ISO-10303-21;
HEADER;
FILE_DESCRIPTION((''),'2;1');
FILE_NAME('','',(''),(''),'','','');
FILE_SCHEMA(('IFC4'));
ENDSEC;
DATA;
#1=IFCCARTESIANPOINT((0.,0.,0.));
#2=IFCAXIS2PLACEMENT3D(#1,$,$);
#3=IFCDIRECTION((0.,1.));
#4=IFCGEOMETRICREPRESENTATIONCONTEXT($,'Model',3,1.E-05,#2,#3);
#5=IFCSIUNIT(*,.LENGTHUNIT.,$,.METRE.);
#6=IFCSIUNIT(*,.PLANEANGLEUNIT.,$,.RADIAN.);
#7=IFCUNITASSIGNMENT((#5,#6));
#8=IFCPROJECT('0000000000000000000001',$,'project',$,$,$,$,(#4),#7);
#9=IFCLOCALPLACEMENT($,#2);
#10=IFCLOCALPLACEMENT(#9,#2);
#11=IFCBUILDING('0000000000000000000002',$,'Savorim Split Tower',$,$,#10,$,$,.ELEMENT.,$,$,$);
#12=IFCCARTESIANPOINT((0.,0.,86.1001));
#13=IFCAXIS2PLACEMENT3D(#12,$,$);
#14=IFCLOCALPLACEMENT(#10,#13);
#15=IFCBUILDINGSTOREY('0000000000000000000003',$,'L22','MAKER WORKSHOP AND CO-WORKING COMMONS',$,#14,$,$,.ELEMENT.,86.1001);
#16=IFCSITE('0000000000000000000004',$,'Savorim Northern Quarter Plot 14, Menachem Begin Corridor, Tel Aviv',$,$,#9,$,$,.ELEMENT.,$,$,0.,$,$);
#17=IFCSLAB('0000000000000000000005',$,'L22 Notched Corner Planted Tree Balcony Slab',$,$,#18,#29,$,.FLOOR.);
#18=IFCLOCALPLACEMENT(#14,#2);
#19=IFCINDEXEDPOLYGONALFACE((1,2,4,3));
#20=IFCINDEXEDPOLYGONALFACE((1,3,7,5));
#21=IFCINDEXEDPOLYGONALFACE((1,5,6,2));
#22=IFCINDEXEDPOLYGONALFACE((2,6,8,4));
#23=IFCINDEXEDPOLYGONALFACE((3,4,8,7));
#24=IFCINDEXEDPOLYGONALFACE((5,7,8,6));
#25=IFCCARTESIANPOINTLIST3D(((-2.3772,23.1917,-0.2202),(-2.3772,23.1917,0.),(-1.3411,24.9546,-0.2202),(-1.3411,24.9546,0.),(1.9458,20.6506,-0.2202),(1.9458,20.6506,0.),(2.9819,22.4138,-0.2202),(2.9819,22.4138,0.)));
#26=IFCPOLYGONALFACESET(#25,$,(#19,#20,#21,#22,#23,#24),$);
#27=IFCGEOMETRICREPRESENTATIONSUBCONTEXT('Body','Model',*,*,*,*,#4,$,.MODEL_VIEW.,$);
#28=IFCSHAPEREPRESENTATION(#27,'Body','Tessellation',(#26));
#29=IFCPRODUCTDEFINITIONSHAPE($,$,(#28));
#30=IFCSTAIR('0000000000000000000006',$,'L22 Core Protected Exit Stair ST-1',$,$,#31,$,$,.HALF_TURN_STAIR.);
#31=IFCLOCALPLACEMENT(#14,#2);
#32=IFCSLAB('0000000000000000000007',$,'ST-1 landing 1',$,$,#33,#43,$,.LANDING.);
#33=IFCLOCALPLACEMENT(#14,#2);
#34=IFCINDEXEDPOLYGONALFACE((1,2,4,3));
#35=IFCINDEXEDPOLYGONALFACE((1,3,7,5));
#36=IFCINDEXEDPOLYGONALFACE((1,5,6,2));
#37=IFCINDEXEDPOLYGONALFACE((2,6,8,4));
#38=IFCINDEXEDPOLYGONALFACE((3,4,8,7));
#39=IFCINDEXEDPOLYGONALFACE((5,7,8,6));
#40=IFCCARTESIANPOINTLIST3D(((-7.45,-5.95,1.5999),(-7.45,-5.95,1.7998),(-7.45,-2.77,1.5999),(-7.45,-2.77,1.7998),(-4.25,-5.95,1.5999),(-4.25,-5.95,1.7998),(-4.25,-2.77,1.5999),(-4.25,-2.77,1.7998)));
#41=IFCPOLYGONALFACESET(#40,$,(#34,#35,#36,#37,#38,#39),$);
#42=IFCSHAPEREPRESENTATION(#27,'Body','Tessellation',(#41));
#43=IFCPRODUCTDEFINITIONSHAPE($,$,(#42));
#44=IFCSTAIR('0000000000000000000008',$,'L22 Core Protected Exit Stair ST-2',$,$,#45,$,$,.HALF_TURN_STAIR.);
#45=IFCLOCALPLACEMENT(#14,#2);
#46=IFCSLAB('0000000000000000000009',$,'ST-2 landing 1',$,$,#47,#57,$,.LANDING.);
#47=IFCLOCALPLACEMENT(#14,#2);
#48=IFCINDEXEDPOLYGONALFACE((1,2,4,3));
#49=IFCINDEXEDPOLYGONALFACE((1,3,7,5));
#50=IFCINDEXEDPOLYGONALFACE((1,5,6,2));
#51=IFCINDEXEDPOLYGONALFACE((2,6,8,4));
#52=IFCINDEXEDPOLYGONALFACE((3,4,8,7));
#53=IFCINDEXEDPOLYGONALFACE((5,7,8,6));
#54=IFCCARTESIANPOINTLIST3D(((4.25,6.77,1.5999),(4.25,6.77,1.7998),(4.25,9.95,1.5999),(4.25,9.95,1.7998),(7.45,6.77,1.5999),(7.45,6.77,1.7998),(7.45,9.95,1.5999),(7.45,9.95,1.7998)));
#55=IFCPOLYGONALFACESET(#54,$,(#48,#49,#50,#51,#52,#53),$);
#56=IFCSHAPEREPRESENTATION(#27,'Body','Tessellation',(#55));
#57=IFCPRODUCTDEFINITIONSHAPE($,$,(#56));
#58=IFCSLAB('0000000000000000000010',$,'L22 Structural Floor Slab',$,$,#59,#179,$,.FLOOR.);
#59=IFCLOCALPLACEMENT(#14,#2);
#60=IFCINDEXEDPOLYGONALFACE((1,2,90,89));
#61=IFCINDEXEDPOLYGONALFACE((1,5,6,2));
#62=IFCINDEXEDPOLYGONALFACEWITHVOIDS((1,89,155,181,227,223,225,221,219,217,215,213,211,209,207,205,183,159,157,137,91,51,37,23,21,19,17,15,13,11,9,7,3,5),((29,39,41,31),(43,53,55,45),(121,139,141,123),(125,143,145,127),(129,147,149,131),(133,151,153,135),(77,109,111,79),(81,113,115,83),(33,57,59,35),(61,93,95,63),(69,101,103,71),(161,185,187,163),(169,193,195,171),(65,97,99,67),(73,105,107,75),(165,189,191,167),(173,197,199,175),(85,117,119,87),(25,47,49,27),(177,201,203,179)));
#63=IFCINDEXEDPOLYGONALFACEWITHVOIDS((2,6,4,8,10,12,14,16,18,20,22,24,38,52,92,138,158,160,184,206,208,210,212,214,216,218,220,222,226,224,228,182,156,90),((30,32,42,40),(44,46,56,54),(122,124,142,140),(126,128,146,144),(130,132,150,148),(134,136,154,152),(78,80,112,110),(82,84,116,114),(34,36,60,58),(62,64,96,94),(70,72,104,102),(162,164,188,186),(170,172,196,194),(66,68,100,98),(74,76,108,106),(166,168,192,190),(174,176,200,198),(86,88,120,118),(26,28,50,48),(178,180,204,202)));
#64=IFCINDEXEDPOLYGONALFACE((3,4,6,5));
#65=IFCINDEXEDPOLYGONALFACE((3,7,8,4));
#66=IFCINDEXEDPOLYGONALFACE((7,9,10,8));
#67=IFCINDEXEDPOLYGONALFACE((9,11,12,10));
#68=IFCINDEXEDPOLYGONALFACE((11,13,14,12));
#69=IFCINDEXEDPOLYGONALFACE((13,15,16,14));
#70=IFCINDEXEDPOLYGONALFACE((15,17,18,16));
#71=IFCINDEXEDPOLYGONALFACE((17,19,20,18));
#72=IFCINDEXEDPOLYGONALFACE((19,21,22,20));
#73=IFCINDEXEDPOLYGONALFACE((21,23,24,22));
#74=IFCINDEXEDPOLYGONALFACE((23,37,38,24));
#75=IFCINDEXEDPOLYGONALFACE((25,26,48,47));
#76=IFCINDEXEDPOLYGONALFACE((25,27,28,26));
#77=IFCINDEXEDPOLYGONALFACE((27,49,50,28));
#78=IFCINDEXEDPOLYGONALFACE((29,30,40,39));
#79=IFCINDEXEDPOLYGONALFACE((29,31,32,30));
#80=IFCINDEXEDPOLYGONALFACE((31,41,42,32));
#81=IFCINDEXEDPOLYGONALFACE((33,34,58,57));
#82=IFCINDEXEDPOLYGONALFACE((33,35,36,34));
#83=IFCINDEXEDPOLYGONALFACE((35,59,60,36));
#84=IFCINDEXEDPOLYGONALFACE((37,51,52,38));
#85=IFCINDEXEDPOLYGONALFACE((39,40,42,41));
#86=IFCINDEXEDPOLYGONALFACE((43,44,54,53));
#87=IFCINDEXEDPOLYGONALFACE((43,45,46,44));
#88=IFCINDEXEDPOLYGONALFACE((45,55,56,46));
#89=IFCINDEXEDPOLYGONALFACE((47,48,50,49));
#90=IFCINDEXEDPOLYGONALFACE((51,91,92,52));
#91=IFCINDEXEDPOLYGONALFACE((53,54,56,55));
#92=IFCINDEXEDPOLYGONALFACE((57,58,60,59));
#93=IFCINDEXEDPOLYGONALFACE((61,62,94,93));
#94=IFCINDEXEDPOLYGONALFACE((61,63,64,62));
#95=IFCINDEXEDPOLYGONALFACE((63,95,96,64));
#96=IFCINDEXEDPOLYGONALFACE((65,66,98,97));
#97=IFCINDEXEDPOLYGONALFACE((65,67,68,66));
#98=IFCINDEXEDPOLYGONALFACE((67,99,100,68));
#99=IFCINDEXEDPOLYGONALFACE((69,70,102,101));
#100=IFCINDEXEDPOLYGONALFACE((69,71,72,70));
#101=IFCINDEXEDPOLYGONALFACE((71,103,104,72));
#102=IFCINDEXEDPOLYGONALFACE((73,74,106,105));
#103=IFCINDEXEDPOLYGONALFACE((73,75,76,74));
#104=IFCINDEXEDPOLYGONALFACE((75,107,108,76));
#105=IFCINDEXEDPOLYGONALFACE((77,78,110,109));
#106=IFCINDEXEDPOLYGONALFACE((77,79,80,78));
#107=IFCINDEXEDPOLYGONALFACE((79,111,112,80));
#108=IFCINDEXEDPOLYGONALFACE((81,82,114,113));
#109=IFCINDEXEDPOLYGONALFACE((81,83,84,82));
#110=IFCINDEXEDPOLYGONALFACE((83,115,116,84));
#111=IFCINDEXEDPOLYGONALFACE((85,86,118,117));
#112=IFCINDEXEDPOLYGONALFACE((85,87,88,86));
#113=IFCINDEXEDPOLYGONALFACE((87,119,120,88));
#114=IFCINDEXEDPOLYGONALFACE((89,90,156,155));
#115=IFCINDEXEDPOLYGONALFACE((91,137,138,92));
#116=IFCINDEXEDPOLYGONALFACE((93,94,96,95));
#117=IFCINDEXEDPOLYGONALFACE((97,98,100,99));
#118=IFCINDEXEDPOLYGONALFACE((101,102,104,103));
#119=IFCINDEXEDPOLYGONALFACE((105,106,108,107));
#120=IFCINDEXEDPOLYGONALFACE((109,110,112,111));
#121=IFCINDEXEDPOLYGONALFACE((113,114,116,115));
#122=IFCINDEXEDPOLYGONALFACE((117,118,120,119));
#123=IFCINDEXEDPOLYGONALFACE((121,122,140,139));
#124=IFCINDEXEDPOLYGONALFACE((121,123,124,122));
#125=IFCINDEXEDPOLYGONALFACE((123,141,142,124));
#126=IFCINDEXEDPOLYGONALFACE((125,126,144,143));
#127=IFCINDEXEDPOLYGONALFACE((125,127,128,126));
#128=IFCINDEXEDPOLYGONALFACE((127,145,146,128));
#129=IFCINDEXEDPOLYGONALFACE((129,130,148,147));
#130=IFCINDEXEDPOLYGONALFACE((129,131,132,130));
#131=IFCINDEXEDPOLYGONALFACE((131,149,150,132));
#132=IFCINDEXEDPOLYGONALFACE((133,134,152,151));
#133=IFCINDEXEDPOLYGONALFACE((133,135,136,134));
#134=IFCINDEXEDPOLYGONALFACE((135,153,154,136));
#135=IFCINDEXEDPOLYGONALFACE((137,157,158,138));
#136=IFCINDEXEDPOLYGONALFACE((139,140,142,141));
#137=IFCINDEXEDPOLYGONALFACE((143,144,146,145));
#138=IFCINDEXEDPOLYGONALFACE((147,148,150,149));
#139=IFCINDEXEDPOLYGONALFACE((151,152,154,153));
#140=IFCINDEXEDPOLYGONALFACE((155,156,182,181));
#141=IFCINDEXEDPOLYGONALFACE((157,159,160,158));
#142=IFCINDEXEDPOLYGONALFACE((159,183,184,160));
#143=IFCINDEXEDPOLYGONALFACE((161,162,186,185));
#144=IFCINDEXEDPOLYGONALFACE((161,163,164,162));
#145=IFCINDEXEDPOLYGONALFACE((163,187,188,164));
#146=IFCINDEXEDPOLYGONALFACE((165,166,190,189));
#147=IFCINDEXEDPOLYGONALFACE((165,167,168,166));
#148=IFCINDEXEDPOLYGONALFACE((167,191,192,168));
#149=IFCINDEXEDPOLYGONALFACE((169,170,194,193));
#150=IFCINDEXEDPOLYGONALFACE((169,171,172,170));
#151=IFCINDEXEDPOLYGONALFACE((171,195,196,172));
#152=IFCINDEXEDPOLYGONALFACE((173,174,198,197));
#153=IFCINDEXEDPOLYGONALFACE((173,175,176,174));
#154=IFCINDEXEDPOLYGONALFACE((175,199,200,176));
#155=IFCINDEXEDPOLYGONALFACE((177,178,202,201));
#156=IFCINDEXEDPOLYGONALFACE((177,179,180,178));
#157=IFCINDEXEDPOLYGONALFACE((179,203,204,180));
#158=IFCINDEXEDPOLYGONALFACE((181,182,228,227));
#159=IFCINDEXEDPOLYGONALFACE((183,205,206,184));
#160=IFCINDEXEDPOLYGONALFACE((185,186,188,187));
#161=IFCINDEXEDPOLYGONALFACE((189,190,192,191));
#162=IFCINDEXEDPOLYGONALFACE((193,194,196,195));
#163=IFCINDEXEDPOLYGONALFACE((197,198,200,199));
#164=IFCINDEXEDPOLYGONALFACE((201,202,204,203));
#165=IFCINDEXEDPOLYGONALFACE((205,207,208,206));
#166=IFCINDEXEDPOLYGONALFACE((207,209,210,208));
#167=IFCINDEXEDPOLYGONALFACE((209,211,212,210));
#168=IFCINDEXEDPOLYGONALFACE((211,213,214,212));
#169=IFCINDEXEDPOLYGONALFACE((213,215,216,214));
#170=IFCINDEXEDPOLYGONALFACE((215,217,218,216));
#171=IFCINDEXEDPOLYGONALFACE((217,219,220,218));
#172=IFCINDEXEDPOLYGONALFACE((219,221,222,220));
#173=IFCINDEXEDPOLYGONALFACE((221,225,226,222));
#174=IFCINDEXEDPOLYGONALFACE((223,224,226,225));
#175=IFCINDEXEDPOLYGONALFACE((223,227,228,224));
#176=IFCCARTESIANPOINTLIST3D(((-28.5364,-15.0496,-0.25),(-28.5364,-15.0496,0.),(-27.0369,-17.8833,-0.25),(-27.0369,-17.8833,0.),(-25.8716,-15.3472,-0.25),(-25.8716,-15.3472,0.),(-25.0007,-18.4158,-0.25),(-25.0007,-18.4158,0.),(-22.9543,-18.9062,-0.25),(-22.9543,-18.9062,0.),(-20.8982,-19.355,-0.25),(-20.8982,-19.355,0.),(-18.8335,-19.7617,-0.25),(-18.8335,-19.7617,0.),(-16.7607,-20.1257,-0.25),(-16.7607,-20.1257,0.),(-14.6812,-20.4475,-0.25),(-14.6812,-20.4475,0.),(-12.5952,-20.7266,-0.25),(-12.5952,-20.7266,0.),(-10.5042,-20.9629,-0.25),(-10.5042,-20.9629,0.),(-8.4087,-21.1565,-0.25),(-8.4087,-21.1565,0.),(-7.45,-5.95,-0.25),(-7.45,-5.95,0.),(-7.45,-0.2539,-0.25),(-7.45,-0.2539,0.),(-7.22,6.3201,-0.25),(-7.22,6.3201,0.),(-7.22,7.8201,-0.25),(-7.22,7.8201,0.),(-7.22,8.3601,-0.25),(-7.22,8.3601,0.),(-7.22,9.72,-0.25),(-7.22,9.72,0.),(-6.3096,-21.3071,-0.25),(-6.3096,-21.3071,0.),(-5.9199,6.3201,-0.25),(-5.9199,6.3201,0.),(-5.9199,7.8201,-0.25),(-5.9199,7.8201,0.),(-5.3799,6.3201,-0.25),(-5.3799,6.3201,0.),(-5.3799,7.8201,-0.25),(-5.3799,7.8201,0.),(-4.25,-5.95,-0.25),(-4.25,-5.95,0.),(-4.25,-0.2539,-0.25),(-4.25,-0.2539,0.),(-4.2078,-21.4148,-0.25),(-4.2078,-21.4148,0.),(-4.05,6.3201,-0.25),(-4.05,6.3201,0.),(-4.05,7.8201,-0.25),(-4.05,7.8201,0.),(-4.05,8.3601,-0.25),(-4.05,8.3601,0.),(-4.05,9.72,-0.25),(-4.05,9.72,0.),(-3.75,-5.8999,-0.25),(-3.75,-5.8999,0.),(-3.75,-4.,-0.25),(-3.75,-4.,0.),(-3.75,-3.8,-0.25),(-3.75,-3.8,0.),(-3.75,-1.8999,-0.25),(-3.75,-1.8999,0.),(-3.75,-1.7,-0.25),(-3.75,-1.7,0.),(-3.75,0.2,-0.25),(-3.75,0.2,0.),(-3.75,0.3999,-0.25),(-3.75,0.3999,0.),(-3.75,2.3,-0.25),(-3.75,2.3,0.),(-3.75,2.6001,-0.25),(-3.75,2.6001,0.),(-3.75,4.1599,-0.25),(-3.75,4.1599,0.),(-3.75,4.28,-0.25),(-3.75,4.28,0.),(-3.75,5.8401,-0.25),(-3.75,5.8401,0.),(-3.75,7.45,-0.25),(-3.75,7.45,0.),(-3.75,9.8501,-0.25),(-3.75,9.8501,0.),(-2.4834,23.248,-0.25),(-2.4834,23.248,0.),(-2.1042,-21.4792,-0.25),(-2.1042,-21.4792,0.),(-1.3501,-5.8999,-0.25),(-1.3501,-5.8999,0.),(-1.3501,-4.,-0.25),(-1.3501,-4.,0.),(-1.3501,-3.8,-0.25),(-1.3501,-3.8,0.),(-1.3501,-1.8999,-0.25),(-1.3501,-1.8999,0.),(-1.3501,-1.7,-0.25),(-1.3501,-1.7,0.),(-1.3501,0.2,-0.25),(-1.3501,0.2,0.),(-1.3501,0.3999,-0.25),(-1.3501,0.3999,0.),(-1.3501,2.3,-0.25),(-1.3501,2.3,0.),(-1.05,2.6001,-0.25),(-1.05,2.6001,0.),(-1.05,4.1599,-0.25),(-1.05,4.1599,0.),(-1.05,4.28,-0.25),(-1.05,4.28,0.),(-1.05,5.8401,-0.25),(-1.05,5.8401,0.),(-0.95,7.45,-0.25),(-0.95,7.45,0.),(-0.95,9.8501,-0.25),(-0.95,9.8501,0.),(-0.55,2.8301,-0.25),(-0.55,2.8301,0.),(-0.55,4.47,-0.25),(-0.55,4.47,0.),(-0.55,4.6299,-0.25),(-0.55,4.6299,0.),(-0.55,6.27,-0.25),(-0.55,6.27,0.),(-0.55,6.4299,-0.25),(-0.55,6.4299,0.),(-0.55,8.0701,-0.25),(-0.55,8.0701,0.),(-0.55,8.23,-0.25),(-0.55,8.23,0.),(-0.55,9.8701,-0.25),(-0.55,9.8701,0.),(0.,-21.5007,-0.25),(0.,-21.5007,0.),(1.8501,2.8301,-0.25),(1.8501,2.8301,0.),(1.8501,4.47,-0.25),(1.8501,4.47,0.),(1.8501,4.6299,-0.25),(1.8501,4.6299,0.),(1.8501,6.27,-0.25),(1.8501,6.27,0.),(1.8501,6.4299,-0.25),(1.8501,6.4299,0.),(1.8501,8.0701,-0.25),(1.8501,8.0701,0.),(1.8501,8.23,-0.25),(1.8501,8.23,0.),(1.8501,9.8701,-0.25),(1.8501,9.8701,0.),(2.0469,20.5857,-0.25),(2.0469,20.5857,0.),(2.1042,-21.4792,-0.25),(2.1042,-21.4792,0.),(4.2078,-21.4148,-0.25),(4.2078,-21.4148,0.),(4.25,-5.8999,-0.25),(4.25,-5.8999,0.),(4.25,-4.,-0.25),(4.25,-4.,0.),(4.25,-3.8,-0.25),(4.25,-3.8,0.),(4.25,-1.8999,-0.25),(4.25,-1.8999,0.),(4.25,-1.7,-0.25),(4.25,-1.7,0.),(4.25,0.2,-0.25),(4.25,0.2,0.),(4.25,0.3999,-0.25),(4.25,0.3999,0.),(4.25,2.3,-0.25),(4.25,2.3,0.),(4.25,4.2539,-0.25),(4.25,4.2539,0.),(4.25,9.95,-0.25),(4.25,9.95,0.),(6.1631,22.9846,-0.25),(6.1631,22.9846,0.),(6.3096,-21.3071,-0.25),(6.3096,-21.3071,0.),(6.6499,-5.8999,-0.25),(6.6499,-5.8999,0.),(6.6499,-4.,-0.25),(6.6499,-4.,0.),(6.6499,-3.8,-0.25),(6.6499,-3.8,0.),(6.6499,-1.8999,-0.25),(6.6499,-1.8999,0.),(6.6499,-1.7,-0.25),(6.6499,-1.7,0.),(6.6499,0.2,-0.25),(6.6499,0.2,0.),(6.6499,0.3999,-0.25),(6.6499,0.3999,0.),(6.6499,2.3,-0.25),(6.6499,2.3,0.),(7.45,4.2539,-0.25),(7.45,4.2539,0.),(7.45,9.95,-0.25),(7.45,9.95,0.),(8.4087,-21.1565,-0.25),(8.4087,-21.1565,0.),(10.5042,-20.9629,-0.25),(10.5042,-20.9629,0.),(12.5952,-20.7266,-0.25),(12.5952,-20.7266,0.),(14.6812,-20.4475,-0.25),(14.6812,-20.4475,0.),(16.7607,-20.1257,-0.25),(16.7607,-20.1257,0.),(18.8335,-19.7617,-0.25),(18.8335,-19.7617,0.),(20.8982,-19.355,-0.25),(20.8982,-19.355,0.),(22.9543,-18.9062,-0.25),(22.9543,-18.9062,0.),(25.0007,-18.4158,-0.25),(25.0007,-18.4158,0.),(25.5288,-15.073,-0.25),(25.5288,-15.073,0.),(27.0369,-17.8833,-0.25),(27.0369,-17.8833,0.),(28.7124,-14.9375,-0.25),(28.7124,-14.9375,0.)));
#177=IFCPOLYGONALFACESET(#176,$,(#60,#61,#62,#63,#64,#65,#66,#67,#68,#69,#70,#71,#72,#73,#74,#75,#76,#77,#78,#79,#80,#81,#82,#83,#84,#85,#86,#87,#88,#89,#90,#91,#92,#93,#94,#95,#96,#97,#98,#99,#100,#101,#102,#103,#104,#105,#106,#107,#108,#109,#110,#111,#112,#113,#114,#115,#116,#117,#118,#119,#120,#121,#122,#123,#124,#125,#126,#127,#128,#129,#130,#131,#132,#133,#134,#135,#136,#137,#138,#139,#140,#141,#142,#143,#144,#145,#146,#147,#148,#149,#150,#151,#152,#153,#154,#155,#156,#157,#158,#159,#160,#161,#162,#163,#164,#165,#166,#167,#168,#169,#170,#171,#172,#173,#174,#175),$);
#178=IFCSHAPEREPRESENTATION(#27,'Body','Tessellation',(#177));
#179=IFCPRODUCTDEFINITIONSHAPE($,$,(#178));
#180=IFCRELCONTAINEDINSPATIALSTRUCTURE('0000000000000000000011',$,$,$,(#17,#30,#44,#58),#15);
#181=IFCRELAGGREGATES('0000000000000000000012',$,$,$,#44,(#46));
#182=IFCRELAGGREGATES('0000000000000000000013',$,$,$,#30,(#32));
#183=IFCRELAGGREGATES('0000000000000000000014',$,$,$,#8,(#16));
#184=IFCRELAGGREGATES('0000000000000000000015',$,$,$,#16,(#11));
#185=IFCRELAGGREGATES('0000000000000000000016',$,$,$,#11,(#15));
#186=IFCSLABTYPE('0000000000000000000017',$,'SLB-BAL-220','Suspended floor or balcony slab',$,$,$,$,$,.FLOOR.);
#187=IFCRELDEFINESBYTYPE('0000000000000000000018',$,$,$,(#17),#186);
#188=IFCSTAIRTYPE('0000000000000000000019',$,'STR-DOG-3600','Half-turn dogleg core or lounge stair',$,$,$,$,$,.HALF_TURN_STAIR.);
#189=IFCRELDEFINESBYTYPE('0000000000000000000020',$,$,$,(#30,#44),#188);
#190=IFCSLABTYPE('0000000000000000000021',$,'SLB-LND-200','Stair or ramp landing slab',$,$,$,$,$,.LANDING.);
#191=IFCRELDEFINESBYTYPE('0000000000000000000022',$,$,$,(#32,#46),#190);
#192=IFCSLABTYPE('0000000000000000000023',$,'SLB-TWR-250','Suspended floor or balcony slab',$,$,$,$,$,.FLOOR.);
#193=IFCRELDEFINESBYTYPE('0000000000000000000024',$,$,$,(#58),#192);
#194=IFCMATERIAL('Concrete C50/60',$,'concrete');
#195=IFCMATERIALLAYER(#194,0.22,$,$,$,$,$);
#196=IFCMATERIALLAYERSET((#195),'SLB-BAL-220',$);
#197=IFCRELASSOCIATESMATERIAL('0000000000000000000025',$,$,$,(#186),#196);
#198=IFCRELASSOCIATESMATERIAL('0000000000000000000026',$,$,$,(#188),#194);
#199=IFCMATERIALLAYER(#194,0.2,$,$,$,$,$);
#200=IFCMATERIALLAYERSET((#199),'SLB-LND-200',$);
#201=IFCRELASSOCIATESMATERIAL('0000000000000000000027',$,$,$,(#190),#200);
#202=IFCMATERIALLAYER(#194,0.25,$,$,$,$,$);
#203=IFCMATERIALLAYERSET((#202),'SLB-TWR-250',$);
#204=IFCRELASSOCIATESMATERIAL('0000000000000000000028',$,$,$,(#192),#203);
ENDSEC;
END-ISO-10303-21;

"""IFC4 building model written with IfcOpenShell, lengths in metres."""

from ifc_helpers import new_model, si_unit, direction, frame, origin, place, context, subcontext, project, spatial, polyline, outline, extrude, material, layer, layer_set, type_object, element, aggregate, save


model = new_model("IFC4")

# Units and contexts
model_context = context("Model", 3, precision=1e-05, world=origin(), true_north=direction((0.0, 1.0)))
body_context = subcontext(model_context, "Body", "Model", "MODEL_VIEW")
ifc_project = project(units=[si_unit("LENGTHUNIT", "METRE"), si_unit("PLANEANGLEUNIT", "RADIAN")], contexts=[model_context])

# Site, building, storey
site_placement = place(None, origin())
site = spatial("IfcSite", under=ifc_project, at=site_placement, Name="Savorim Northern Quarter Plot 14, Menachem Begin Corridor, Tel Aviv", CompositionType="ELEMENT", RefElevation=0.0)
building_placement = place(site_placement, origin())
building = spatial("IfcBuilding", under=site, at=building_placement, Name="Savorim Split Tower", CompositionType="ELEMENT")
storey_placement = place(building_placement, frame((0.0, 0.0, 86.1001)))
storey = spatial("IfcBuildingStorey", under=building, at=storey_placement, Name="L22", Description="MAKER WORKSHOP AND CO-WORKING COMMONS", CompositionType="ELEMENT", Elevation=86.1001)

# Slab
ifc_material_1 = material(Name="Concrete C50/60", Category="concrete")
ifc_layer_1 = layer(ifc_material_1, 0.22)
ifc_layer_set_1 = layer_set([ifc_layer_1], Name="SLB-BAL-220")
slab_type_1 = type_object("IfcSlabType", Name="SLB-BAL-220", Description="Suspended floor or balcony slab", PredefinedType="FLOOR", material=ifc_layer_set_1)
slab_1_placement = place(storey_placement, frame((0.0, 0.0, -0.2202)))
element("IfcSlab", 1, at=slab_1_placement, inside=storey, type_object=slab_type_1, Name="L22 Notched Corner Planted Tree Balcony Slab", PredefinedType="FLOOR", context=body_context, shape_type="SweptSolid", body=[
    extrude(outline(polyline([(-2.3772, 23.1917), (1.9458, 20.6506), (2.9819, 22.4138), (-1.3411, 24.9546), (-2.3772, 23.1917)])), origin(), (0.0, 0.0, 1.0), 0.2202),
])

# Stairs, slabs
stair_type = type_object("IfcStairType", Name="STR-DOG-3600", Description="Half-turn dogleg core or lounge stair", PredefinedType="HALF_TURN_STAIR", material=ifc_material_1)
stair_1_placement = place(storey_placement, origin())
stair_1 = element("IfcStair", 2, at=stair_1_placement, inside=storey, type_object=stair_type, Name="L22 Core Protected Exit Stair ST-1", PredefinedType="HALF_TURN_STAIR")
ifc_layer_2 = layer(ifc_material_1, 0.2)
ifc_layer_set_2 = layer_set([ifc_layer_2], Name="SLB-LND-200")
slab_type_2 = type_object("IfcSlabType", Name="SLB-LND-200", Description="Stair or ramp landing slab", PredefinedType="LANDING", material=ifc_layer_set_2)
slab_2_placement = place(storey_placement, frame((0.0, 0.0, 1.5999)))
slab_2 = element("IfcSlab", 3, at=slab_2_placement, type_object=slab_type_2, Name="ST-1 landing 1", PredefinedType="LANDING", context=body_context, shape_type="SweptSolid", body=[
    extrude(outline(polyline([(-7.45, -2.77), (-7.45, -5.95), (-4.25, -5.95), (-4.25, -2.77), (-7.45, -2.77)])), origin(), (0.0, 0.0, 1.0), 0.2),
])
stair_2_placement = place(storey_placement, origin())
stair_2 = element("IfcStair", 4, at=stair_2_placement, inside=storey, type_object=stair_type, Name="L22 Core Protected Exit Stair ST-2", PredefinedType="HALF_TURN_STAIR")
slab_3_placement = place(storey_placement, frame((0.0, 0.0, 1.5999)))
slab_3 = element("IfcSlab", 5, at=slab_3_placement, type_object=slab_type_2, Name="ST-2 landing 1", PredefinedType="LANDING", context=body_context, shape_type="SweptSolid", body=[
    extrude(outline(polyline([(7.45, 6.77), (7.45, 9.95), (4.25, 9.95), (4.25, 6.77), (7.45, 6.77)])), origin(), (0.0, 0.0, 1.0), 0.2),
])
aggregate(stair_2, [slab_3])

# Slab
ifc_layer_3 = layer(ifc_material_1, 0.25)
ifc_layer_set_3 = layer_set([ifc_layer_3], Name="SLB-TWR-250")
slab_type_3 = type_object("IfcSlabType", Name="SLB-TWR-250", Description="Suspended floor or balcony slab", PredefinedType="FLOOR", material=ifc_layer_set_3)
slab_4_placement = place(storey_placement, frame((0.0, 0.0, -0.25)))
element("IfcSlab", 6, at=slab_4_placement, inside=storey, type_object=slab_type_3, Name="L22 Structural Floor Slab", PredefinedType="FLOOR", context=body_context, shape_type="SweptSolid", body=[
    extrude(outline(polyline([(-27.0369, -17.8833), (-25.0007, -18.4158), (-22.9543, -18.9062), (-20.8982, -19.355), (-18.8335, -19.7617), (-16.7607, -20.1257), (-14.6812, -20.4475), (-12.5952, -20.7266), (-10.5042, -20.9629), (-8.4087, -21.1565), (-6.3096, -21.3071), (-4.2078, -21.4148), (-2.1042, -21.4792), (0.0, -21.5007), (2.1042, -21.4792), (4.2078, -21.4148), (6.3096, -21.3071), (8.4087, -21.1565), (10.5042, -20.9629), (12.5952, -20.7266), (14.6812, -20.4475), (16.7607, -20.1257), (18.8335, -19.7617), (20.8982, -19.355), (22.9543, -18.9062), (25.0007, -18.4158), (27.0369, -17.8833), (25.5288, -15.073), (28.7124, -14.9375), (6.1631, 22.9846), (2.0469, 20.5857), (-2.4834, 23.248), (-28.5364, -15.0496), (-25.8716, -15.3472), (-27.0369, -17.8833)]), holes=[polyline([(-7.45, -0.2539), (-7.45, -5.95), (-4.25, -5.95), (-4.25, -0.2539), (-7.45, -0.2539)]), polyline([(7.45, 4.2539), (7.45, 9.95), (4.25, 9.95), (4.25, 4.2539), (7.45, 4.2539)]), polyline([(4.25, -5.8999), (6.6499, -5.8999), (6.6499, -4.0), (4.25, -4.0), (4.25, -5.8999)]), polyline([(4.25, -3.8), (6.6499, -3.8), (6.6499, -1.8999), (4.25, -1.8999), (4.25, -3.8)]), polyline([(4.25, -1.7), (6.6499, -1.7), (6.6499, 0.2), (4.25, 0.2), (4.25, -1.7)]), polyline([(4.25, 0.3999), (6.6499, 0.3999), (6.6499, 2.3), (4.25, 2.3), (4.25, 0.3999)]), polyline([(-3.75, -5.8999), (-1.3501, -5.8999), (-1.3501, -4.0), (-3.75, -4.0), (-3.75, -5.8999)]), polyline([(-3.75, -3.8), (-1.3501, -3.8), (-1.3501, -1.8999), (-3.75, -1.8999), (-3.75, -3.8)]), polyline([(-3.75, -1.7), (-1.3501, -1.7), (-1.3501, 0.2), (-3.75, 0.2), (-3.75, -1.7)]), polyline([(-3.75, 0.3999), (-1.3501, 0.3999), (-1.3501, 2.3), (-3.75, 2.3), (-3.75, 0.3999)]), polyline([(-0.55, 2.8301), (1.8501, 2.8301), (1.8501, 4.47), (-0.55, 4.47), (-0.55, 2.8301)]), polyline([(-0.55, 4.6299), (1.8501, 4.6299), (1.8501, 6.27), (-0.55, 6.27), (-0.55, 4.6299)]), polyline([(-0.55, 6.4299), (1.8501, 6.4299), (1.8501, 8.0701), (-0.55, 8.0701), (-0.55, 6.4299)]), polyline([(-0.55, 8.23), (1.8501, 8.23), (1.8501, 9.8701), (-0.55, 9.8701), (-0.55, 8.23)]), polyline([(-3.75, 2.6001), (-1.05, 2.6001), (-1.05, 4.1599), (-3.75, 4.1599), (-3.75, 2.6001)]), polyline([(-3.75, 4.28), (-1.05, 4.28), (-1.05, 5.8401), (-3.75, 5.8401), (-3.75, 4.28)]), polyline([(-3.75, 7.45), (-0.95, 7.45), (-0.95, 9.8501), (-3.75, 9.8501), (-3.75, 7.45)]), polyline([(-7.22, 6.3201), (-5.9199, 6.3201), (-5.9199, 7.8201), (-7.22, 7.8201), (-7.22, 6.3201)]), polyline([(-5.3799, 6.3201), (-4.05, 6.3201), (-4.05, 7.8201), (-5.3799, 7.8201), (-5.3799, 6.3201)]), polyline([(-7.22, 8.3601), (-4.05, 8.3601), (-4.05, 9.72), (-7.22, 9.72), (-7.22, 8.3601)])]), origin(), (0.0, 0.0, 1.0), 0.25),
])

aggregate(stair_1, [slab_2])

save(model, "model.ifc")
